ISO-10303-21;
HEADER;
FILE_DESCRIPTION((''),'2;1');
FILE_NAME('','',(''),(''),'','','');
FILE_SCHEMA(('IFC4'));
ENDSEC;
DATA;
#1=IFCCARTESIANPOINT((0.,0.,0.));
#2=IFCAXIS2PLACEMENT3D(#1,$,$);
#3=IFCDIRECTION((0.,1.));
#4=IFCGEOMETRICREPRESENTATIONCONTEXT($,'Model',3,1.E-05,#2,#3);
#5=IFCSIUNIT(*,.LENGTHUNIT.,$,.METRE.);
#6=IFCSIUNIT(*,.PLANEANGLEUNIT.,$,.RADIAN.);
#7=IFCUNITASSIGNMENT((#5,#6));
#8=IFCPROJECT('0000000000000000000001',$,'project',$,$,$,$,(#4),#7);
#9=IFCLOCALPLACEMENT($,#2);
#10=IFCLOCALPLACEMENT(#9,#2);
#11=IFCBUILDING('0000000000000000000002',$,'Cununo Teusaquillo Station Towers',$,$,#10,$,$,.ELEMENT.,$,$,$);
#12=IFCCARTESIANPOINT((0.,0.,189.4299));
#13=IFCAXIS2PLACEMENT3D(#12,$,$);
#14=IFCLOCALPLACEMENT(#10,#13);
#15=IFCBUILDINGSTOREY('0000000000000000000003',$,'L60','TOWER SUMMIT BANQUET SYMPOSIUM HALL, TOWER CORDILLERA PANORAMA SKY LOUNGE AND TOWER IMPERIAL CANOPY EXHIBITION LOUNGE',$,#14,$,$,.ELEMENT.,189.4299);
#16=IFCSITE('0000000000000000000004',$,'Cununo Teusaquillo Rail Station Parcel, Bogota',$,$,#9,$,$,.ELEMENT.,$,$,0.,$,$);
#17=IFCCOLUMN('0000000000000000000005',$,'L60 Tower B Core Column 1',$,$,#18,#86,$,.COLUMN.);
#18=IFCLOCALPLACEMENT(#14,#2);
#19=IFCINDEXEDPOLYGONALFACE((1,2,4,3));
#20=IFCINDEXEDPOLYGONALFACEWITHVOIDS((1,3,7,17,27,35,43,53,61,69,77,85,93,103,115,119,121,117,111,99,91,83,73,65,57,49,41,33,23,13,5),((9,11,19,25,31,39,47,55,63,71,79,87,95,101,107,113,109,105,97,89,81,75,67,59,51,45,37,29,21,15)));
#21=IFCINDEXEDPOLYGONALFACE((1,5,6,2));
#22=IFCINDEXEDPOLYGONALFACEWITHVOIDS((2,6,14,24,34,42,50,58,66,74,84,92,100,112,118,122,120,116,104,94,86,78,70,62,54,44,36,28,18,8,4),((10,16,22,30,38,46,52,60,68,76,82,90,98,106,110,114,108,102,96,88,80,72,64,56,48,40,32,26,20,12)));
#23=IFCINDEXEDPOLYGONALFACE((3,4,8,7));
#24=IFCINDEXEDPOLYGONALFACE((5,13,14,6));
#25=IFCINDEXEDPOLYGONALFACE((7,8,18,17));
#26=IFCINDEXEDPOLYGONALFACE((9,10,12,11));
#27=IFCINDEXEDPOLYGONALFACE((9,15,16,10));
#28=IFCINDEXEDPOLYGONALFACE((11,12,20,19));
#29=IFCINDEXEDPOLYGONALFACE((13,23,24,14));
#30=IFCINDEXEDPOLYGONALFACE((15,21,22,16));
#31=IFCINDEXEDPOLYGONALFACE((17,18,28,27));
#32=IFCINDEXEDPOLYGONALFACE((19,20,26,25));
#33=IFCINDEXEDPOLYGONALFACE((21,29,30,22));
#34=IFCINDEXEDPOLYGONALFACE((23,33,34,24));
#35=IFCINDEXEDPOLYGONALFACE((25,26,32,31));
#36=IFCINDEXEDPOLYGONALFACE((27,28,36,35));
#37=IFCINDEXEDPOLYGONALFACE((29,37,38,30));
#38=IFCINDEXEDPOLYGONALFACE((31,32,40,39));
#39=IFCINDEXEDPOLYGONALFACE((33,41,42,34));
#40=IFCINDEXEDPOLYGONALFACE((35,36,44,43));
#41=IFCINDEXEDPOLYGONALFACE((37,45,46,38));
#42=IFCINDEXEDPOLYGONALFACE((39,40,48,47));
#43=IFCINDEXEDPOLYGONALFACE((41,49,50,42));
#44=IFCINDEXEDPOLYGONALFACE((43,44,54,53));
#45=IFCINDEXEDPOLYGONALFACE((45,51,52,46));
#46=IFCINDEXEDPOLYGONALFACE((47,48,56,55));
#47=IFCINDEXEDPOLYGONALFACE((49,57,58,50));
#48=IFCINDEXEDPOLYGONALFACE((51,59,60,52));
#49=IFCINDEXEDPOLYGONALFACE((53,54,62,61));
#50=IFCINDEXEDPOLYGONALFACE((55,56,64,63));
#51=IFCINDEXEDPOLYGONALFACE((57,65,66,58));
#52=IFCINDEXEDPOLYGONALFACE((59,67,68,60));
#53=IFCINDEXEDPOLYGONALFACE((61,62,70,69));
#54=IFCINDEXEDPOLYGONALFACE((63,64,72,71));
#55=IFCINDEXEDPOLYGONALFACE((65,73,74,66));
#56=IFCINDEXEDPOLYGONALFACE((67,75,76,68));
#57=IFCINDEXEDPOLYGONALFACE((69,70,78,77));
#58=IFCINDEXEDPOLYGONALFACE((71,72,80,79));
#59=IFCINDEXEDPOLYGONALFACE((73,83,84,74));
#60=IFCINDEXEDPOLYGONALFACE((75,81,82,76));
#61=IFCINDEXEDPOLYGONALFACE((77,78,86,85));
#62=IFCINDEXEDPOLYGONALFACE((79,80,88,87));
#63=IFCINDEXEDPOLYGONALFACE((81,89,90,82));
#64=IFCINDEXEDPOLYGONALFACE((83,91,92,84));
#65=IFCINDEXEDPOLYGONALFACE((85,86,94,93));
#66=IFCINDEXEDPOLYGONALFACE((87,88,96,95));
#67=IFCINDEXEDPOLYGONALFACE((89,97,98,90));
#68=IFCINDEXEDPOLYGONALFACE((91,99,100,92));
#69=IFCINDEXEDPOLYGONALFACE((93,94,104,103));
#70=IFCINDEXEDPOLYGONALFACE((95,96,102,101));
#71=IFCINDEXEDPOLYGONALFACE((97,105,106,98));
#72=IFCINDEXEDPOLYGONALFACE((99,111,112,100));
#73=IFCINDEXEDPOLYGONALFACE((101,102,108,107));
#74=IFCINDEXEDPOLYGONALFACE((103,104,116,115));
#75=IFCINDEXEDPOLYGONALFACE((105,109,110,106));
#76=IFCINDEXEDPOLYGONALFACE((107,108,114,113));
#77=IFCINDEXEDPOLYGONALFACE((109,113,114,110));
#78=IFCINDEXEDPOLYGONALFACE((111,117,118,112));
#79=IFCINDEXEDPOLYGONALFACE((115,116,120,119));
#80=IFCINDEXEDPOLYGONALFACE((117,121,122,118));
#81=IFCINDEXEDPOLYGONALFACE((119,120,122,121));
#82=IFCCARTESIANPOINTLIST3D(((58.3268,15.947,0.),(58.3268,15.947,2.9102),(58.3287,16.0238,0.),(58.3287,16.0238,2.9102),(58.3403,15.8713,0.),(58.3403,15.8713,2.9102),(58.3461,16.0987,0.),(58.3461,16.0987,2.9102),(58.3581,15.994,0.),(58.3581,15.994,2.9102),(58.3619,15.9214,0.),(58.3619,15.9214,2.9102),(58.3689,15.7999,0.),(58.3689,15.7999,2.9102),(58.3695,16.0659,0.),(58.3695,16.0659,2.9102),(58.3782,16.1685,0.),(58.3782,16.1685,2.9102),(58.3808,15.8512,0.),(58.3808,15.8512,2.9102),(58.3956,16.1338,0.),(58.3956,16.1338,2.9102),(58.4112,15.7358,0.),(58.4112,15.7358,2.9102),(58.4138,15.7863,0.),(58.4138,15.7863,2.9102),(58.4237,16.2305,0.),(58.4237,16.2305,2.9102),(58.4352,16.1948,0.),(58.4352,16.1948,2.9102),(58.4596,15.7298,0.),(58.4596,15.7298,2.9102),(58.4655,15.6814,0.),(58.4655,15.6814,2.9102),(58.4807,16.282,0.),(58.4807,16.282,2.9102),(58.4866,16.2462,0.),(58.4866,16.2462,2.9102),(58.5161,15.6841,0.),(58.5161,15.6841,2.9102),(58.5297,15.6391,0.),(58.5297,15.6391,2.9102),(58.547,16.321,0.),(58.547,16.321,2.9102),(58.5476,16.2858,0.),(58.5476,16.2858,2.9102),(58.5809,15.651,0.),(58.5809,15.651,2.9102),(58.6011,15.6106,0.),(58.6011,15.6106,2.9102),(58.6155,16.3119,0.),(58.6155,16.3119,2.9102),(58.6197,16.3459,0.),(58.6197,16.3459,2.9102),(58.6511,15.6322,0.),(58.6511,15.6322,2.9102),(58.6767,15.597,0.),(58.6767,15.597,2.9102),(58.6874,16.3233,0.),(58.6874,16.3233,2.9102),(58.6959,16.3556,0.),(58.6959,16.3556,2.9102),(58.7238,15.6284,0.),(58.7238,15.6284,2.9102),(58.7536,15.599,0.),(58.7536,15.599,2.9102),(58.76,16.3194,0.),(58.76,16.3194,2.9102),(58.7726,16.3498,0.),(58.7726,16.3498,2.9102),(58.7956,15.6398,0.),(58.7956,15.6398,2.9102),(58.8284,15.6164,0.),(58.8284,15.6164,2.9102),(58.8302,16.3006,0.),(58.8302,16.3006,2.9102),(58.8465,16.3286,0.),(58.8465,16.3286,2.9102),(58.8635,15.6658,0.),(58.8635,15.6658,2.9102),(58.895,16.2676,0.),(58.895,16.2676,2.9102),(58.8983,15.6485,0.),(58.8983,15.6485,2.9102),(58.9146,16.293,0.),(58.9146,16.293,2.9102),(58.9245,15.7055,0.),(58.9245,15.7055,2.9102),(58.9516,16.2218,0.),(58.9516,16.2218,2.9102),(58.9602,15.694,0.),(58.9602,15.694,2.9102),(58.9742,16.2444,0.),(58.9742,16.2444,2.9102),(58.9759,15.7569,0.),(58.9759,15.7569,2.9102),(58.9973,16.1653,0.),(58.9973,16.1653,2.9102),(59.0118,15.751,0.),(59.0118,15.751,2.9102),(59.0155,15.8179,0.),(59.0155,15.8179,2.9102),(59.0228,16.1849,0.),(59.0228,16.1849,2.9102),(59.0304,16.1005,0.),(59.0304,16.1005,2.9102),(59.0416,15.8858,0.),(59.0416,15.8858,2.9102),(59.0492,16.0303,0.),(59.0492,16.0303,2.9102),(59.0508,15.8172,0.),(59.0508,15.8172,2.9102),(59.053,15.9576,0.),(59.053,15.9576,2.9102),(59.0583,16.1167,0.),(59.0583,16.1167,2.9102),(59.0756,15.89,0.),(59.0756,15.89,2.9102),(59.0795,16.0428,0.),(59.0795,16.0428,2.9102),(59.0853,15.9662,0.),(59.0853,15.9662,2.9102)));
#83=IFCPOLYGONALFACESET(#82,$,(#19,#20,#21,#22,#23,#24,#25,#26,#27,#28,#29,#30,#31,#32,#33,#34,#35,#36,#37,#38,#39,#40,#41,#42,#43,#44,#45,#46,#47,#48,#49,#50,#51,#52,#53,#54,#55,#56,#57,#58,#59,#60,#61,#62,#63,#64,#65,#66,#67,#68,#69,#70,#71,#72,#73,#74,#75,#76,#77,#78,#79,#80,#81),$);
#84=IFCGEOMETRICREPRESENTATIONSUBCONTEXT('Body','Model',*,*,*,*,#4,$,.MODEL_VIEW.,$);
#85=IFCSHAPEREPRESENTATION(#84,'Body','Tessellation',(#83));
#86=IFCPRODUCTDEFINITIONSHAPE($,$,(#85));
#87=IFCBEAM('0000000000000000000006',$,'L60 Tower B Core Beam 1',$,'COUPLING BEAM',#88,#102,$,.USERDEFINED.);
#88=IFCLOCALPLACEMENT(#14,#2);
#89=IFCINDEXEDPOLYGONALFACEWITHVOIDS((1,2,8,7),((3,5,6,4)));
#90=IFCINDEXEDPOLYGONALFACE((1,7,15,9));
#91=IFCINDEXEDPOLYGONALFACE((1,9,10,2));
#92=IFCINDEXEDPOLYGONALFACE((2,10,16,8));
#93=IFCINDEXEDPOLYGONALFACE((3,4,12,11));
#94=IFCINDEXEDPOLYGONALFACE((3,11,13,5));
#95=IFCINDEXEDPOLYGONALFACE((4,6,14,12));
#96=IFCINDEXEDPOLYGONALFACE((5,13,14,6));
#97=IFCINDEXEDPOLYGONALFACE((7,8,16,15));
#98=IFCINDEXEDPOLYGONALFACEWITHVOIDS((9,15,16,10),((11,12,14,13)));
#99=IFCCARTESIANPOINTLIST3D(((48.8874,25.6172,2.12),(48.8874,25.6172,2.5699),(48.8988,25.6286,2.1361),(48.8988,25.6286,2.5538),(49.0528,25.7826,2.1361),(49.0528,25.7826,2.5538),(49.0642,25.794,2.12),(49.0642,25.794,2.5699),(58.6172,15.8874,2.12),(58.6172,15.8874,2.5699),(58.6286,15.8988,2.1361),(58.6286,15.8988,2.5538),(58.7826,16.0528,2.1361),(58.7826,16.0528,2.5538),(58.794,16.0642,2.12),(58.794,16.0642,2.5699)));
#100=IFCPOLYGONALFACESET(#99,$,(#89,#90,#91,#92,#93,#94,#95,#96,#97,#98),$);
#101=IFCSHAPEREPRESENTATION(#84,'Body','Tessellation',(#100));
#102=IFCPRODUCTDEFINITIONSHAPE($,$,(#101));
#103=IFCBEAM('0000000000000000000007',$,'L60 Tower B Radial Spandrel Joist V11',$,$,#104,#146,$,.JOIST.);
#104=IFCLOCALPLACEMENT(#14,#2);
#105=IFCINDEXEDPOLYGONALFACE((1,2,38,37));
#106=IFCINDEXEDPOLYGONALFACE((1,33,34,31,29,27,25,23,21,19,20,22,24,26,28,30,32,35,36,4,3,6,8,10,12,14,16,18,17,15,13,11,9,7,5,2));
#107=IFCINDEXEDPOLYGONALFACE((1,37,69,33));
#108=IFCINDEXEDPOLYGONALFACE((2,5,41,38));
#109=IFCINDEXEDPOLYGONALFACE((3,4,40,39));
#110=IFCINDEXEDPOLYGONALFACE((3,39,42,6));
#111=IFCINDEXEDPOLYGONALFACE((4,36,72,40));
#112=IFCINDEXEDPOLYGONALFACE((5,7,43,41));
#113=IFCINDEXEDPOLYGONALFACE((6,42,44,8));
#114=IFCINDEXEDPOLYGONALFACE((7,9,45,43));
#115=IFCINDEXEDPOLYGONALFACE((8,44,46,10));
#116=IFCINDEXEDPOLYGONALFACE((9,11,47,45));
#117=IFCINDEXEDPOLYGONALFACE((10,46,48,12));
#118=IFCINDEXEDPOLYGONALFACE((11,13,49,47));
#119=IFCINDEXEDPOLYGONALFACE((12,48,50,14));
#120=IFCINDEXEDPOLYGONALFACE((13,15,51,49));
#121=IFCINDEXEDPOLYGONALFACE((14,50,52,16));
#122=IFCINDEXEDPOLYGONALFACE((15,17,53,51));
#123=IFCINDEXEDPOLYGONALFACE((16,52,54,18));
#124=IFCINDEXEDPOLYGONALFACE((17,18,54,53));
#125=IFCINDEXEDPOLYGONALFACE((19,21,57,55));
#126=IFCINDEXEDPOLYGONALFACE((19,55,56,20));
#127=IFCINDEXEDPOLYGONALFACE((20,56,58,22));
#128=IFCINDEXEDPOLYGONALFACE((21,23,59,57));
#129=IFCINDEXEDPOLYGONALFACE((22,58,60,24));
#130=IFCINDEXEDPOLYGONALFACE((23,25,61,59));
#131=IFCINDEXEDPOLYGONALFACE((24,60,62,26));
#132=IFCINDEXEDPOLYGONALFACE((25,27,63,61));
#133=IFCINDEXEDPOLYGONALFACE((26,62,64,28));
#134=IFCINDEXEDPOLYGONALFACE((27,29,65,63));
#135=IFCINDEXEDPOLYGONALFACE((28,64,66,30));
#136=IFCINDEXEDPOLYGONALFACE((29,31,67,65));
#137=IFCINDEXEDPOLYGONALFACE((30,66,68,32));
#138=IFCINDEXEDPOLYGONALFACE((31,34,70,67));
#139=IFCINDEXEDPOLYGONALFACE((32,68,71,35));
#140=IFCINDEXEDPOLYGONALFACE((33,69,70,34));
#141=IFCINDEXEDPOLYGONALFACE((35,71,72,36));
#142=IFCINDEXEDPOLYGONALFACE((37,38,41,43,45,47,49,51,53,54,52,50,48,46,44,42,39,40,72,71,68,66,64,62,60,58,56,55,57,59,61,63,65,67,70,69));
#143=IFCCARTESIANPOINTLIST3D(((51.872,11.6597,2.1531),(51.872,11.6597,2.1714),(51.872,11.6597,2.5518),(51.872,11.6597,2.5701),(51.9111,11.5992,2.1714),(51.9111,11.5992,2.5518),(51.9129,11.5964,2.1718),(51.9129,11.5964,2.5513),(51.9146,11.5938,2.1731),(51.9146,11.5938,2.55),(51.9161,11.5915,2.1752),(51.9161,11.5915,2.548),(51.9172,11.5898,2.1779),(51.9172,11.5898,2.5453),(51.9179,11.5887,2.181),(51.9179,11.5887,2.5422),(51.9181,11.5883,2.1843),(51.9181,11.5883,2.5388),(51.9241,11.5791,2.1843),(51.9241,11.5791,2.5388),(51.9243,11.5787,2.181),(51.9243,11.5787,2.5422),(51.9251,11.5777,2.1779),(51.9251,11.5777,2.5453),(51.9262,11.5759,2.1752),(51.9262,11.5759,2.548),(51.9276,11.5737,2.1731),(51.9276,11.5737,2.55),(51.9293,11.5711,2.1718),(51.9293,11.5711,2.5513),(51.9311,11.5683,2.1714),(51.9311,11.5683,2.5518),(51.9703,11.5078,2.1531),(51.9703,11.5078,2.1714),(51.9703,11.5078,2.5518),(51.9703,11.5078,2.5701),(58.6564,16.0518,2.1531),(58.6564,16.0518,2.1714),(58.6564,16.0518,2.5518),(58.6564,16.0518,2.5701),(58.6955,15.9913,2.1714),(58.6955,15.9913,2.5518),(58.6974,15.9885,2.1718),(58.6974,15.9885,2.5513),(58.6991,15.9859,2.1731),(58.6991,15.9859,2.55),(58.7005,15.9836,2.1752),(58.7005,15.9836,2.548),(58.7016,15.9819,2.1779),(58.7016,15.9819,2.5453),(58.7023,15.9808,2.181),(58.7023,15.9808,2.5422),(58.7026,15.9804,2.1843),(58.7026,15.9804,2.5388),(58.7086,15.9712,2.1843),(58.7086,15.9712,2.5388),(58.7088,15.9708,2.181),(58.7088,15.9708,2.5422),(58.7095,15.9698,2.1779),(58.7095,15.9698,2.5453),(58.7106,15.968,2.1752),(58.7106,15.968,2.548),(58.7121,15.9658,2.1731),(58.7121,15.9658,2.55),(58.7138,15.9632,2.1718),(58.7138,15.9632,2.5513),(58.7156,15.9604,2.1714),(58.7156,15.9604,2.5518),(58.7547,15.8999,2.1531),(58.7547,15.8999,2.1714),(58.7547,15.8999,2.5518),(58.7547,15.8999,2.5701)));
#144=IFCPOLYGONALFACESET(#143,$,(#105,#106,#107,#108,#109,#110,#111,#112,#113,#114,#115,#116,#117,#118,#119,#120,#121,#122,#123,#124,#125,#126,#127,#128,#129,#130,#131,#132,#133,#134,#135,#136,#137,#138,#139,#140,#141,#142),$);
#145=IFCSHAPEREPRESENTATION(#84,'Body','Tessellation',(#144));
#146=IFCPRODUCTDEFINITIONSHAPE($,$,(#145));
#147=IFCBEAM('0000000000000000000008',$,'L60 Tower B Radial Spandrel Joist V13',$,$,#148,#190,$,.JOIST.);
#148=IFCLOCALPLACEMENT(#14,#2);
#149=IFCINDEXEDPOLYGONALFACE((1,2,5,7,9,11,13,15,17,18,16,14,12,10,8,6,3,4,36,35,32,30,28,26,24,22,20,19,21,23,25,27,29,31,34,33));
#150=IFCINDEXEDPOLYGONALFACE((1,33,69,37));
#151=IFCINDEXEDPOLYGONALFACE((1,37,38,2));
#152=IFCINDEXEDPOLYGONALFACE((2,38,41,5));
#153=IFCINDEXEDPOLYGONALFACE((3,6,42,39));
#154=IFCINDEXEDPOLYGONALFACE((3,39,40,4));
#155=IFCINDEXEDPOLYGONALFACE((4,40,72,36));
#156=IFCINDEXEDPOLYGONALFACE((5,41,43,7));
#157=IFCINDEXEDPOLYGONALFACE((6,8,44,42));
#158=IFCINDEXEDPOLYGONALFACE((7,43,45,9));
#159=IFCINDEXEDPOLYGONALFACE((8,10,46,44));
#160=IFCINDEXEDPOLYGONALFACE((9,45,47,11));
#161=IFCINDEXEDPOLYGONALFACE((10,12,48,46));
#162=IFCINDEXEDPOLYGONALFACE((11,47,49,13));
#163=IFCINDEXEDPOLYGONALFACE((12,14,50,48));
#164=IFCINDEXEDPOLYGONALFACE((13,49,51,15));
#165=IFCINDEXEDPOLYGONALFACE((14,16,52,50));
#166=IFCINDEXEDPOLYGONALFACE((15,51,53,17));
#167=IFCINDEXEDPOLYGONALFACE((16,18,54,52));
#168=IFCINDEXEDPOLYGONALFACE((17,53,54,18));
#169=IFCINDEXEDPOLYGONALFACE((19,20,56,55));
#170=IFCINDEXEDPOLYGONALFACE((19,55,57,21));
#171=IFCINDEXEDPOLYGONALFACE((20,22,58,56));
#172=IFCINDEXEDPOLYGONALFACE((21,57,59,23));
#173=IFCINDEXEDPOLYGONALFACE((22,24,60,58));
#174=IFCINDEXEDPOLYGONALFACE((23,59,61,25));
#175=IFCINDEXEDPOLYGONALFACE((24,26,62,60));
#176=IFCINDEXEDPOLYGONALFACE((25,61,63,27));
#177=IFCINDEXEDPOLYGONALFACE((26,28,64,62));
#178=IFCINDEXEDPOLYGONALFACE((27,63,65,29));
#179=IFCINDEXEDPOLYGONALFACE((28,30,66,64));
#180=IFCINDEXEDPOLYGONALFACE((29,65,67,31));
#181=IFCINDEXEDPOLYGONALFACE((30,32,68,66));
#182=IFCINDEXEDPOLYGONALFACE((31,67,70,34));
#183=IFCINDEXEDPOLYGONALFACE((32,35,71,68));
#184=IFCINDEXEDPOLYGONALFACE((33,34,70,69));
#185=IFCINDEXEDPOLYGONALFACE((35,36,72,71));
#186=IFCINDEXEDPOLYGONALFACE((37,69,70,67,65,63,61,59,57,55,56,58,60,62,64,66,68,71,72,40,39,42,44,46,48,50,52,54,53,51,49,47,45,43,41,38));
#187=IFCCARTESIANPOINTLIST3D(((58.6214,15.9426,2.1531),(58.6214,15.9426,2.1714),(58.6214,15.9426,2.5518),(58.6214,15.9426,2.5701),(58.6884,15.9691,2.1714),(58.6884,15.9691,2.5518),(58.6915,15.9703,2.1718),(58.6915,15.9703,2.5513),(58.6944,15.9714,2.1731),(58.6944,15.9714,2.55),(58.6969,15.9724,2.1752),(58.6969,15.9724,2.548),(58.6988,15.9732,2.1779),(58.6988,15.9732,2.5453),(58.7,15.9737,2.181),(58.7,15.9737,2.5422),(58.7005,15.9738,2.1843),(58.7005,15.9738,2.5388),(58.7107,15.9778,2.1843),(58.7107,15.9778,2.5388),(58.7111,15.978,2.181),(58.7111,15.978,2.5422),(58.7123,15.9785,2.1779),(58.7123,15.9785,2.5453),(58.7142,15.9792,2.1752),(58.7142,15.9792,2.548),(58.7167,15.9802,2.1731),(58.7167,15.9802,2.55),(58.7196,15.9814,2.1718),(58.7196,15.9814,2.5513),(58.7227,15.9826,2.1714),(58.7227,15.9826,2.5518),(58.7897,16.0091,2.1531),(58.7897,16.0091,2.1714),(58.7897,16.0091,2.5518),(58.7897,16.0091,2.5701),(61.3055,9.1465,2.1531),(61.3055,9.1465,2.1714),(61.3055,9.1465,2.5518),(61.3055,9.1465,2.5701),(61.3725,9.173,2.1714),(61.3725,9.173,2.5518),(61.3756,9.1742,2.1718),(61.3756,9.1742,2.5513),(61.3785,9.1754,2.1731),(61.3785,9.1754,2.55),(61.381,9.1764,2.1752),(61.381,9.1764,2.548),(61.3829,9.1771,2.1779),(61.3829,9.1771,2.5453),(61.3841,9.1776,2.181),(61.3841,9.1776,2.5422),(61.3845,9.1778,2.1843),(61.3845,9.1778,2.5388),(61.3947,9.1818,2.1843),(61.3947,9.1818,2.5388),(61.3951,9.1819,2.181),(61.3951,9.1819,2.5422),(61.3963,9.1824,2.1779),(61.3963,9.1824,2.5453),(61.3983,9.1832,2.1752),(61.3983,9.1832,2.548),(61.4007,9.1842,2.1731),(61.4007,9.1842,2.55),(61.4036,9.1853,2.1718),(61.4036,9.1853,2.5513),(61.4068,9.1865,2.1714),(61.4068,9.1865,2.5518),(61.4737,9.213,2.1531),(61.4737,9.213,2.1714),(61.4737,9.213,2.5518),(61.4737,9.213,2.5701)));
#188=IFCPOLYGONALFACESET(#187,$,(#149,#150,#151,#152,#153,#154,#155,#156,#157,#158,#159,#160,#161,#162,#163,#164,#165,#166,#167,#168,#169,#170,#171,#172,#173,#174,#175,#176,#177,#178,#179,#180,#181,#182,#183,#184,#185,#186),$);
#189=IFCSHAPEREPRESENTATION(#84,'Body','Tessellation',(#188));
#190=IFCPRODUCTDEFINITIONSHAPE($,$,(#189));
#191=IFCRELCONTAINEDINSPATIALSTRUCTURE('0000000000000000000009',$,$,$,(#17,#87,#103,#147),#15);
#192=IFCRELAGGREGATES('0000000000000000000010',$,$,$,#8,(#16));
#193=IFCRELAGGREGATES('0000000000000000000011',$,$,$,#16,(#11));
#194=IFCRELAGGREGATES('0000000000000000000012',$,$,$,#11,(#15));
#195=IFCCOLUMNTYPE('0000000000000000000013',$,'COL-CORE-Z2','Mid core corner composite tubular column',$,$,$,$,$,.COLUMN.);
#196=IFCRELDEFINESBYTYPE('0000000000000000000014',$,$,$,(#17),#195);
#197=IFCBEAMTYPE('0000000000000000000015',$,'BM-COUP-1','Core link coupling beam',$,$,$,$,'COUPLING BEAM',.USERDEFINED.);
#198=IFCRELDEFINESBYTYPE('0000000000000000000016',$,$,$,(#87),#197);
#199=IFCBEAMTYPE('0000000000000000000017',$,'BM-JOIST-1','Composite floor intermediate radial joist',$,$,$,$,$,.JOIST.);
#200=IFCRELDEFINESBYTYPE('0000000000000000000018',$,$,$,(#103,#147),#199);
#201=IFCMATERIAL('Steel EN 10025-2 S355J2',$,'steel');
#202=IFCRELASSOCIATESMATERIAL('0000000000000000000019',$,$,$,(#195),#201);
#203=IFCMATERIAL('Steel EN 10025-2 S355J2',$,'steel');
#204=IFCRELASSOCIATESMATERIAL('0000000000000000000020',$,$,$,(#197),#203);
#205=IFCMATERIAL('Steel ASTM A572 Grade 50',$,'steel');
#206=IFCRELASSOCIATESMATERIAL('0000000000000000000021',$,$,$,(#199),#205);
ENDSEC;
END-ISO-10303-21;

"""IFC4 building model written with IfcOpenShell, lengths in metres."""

from ifc_helpers import new_model, si_unit, direction, frame, origin, origin_2d, place, context, subcontext, project, spatial, hollow_rectangle, hollow_circle, i_section, extrude, material, material_profile, profile_set, type_object, element, save


model = new_model("IFC4")

# Units and contexts
model_context = context("Model", 3, precision=1e-05, world=origin(), true_north=direction((0.0, 1.0)))
body_context = subcontext(model_context, "Body", "Model", "MODEL_VIEW")
ifc_project = project(units=[si_unit("LENGTHUNIT", "METRE"), si_unit("PLANEANGLEUNIT", "RADIAN")], contexts=[model_context])

# Site, building, storey
site_placement = place(None, origin())
site = spatial("IfcSite", under=ifc_project, at=site_placement, Name="Cununo Teusaquillo Rail Station Parcel, Bogota", CompositionType="ELEMENT", RefElevation=0.0)
building_placement = place(site_placement, origin())
building = spatial("IfcBuilding", under=site, at=building_placement, Name="Cununo Teusaquillo Station Towers", CompositionType="ELEMENT")
storey_placement = place(building_placement, frame((0.0, 0.0, 189.4299)))
storey = spatial("IfcBuildingStorey", under=building, at=storey_placement, Name="L60", Description="TOWER SUMMIT BANQUET SYMPOSIUM HALL, TOWER CORDILLERA PANORAMA SKY LOUNGE AND TOWER IMPERIAL CANOPY EXHIBITION LOUNGE", CompositionType="ELEMENT", Elevation=189.4299)

# Column
ifc_material_1 = material(Name="Steel EN 10025-2 S355J2", Category="steel")
ifc_material_profile_1 = material_profile(ifc_material_1, hollow_circle(Radius=0.3799, WallThickness=0.032, at=origin_2d()), Name="CHS 760x32")
ifc_profile_set_1 = profile_set([ifc_material_profile_1], Name="Steel EN 10025-2 S355J2")
column_type = type_object("IfcColumnType", Name="COL-CORE-Z2", Description="Mid core corner composite tubular column", PredefinedType="COLUMN", material=ifc_profile_set_1)
column_placement = place(storey_placement, frame((58.7056, 15.9758, 0.0), z_axis=(0.0, 0.0, 1.0), x_axis=(0.707107, 0.707107, 0.0)))
element("IfcColumn", 1, at=column_placement, inside=storey, type_object=column_type, Name="L60 Tower B Core Column 1", PredefinedType="COLUMN", context=body_context, shape_type="SweptSolid", body=[
    extrude(hollow_circle(Radius=0.3799, WallThickness=0.032, at=origin_2d()), origin(), (0.0, 0.0, 1.0), 2.9102),
])

# Beams
ifc_material_2 = material(Name="Steel EN 10025-2 S355J2", Category="steel")
ifc_material_profile_2 = material_profile(ifc_material_2, hollow_rectangle(XDim=0.25, YDim=0.45, WallThickness=0.0161, at=origin_2d()), Name="RHS 450x250x16")
ifc_profile_set_2 = profile_set([ifc_material_profile_2], Name="Steel EN 10025-2 S355J2")
beam_type_1 = type_object("IfcBeamType", Name="BM-COUP-1", Description="Core link coupling beam", ElementType="COUPLING BEAM", PredefinedType="USERDEFINED", material=ifc_profile_set_2)
beam_1_placement = place(storey_placement, frame((58.7056, 15.9758, 2.345), z_axis=(-0.707107, 0.707107, 0.0), x_axis=(-0.707107, -0.707107, 0.0)))
element("IfcBeam", 2, at=beam_1_placement, inside=storey, type_object=beam_type_1, Name="L60 Tower B Core Beam 1", ObjectType="COUPLING BEAM", PredefinedType="USERDEFINED", context=body_context, shape_type="SweptSolid", body=[
    extrude(hollow_rectangle(XDim=0.25, YDim=0.45, WallThickness=0.0161, at=origin_2d()), origin(), (0.0, 0.0, 1.0), 13.76),
])
ifc_material_3 = material(Name="Steel ASTM A572 Grade 50", Category="steel")
ifc_material_profile_3 = material_profile(ifc_material_3, i_section(OverallWidth=0.1809, OverallDepth=0.417, WebThickness=0.011, FlangeThickness=0.0183, FilletRadius=0.0129, at=origin_2d()), Name="W16X57")
ifc_profile_set_3 = profile_set([ifc_material_profile_3], Name="Steel ASTM A572 Grade 50")
beam_type_2 = type_object("IfcBeamType", Name="BM-JOIST-1", Description="Composite floor intermediate radial joist", PredefinedType="JOIST", material=ifc_profile_set_3)
beam_2_placement = place(storey_placement, frame((58.7056, 15.9758, 2.3616), z_axis=(-0.839448, -0.54344, 0.0), x_axis=(0.54344, -0.839448, 0.0)))
element("IfcBeam", 3, at=beam_2_placement, inside=storey, type_object=beam_type_2, Name="L60 Tower B Radial Spandrel Joist V11", PredefinedType="JOIST", context=body_context, shape_type="SweptSolid", body=[
    extrude(i_section(OverallWidth=0.1809, OverallDepth=0.417, WebThickness=0.011, FlangeThickness=0.0183, FilletRadius=0.0129, at=origin_2d()), origin(), (0.0, 0.0, 1.0), 8.082),
])
beam_3_placement = place(storey_placement, frame((58.7056, 15.9758, 2.3616), z_axis=(0.367332, -0.93009, 0.0), x_axis=(0.93009, 0.367332, 0.0)))
element("IfcBeam", 4, at=beam_3_placement, inside=storey, type_object=beam_type_2, Name="L60 Tower B Radial Spandrel Joist V13", PredefinedType="JOIST", context=body_context, shape_type="SweptSolid", body=[
    extrude(i_section(OverallWidth=0.1809, OverallDepth=0.417, WebThickness=0.011, FlangeThickness=0.0183, FilletRadius=0.0129, at=origin_2d()), origin(), (0.0, 0.0, 1.0), 7.3069),
])

save(model, "model.ifc")
